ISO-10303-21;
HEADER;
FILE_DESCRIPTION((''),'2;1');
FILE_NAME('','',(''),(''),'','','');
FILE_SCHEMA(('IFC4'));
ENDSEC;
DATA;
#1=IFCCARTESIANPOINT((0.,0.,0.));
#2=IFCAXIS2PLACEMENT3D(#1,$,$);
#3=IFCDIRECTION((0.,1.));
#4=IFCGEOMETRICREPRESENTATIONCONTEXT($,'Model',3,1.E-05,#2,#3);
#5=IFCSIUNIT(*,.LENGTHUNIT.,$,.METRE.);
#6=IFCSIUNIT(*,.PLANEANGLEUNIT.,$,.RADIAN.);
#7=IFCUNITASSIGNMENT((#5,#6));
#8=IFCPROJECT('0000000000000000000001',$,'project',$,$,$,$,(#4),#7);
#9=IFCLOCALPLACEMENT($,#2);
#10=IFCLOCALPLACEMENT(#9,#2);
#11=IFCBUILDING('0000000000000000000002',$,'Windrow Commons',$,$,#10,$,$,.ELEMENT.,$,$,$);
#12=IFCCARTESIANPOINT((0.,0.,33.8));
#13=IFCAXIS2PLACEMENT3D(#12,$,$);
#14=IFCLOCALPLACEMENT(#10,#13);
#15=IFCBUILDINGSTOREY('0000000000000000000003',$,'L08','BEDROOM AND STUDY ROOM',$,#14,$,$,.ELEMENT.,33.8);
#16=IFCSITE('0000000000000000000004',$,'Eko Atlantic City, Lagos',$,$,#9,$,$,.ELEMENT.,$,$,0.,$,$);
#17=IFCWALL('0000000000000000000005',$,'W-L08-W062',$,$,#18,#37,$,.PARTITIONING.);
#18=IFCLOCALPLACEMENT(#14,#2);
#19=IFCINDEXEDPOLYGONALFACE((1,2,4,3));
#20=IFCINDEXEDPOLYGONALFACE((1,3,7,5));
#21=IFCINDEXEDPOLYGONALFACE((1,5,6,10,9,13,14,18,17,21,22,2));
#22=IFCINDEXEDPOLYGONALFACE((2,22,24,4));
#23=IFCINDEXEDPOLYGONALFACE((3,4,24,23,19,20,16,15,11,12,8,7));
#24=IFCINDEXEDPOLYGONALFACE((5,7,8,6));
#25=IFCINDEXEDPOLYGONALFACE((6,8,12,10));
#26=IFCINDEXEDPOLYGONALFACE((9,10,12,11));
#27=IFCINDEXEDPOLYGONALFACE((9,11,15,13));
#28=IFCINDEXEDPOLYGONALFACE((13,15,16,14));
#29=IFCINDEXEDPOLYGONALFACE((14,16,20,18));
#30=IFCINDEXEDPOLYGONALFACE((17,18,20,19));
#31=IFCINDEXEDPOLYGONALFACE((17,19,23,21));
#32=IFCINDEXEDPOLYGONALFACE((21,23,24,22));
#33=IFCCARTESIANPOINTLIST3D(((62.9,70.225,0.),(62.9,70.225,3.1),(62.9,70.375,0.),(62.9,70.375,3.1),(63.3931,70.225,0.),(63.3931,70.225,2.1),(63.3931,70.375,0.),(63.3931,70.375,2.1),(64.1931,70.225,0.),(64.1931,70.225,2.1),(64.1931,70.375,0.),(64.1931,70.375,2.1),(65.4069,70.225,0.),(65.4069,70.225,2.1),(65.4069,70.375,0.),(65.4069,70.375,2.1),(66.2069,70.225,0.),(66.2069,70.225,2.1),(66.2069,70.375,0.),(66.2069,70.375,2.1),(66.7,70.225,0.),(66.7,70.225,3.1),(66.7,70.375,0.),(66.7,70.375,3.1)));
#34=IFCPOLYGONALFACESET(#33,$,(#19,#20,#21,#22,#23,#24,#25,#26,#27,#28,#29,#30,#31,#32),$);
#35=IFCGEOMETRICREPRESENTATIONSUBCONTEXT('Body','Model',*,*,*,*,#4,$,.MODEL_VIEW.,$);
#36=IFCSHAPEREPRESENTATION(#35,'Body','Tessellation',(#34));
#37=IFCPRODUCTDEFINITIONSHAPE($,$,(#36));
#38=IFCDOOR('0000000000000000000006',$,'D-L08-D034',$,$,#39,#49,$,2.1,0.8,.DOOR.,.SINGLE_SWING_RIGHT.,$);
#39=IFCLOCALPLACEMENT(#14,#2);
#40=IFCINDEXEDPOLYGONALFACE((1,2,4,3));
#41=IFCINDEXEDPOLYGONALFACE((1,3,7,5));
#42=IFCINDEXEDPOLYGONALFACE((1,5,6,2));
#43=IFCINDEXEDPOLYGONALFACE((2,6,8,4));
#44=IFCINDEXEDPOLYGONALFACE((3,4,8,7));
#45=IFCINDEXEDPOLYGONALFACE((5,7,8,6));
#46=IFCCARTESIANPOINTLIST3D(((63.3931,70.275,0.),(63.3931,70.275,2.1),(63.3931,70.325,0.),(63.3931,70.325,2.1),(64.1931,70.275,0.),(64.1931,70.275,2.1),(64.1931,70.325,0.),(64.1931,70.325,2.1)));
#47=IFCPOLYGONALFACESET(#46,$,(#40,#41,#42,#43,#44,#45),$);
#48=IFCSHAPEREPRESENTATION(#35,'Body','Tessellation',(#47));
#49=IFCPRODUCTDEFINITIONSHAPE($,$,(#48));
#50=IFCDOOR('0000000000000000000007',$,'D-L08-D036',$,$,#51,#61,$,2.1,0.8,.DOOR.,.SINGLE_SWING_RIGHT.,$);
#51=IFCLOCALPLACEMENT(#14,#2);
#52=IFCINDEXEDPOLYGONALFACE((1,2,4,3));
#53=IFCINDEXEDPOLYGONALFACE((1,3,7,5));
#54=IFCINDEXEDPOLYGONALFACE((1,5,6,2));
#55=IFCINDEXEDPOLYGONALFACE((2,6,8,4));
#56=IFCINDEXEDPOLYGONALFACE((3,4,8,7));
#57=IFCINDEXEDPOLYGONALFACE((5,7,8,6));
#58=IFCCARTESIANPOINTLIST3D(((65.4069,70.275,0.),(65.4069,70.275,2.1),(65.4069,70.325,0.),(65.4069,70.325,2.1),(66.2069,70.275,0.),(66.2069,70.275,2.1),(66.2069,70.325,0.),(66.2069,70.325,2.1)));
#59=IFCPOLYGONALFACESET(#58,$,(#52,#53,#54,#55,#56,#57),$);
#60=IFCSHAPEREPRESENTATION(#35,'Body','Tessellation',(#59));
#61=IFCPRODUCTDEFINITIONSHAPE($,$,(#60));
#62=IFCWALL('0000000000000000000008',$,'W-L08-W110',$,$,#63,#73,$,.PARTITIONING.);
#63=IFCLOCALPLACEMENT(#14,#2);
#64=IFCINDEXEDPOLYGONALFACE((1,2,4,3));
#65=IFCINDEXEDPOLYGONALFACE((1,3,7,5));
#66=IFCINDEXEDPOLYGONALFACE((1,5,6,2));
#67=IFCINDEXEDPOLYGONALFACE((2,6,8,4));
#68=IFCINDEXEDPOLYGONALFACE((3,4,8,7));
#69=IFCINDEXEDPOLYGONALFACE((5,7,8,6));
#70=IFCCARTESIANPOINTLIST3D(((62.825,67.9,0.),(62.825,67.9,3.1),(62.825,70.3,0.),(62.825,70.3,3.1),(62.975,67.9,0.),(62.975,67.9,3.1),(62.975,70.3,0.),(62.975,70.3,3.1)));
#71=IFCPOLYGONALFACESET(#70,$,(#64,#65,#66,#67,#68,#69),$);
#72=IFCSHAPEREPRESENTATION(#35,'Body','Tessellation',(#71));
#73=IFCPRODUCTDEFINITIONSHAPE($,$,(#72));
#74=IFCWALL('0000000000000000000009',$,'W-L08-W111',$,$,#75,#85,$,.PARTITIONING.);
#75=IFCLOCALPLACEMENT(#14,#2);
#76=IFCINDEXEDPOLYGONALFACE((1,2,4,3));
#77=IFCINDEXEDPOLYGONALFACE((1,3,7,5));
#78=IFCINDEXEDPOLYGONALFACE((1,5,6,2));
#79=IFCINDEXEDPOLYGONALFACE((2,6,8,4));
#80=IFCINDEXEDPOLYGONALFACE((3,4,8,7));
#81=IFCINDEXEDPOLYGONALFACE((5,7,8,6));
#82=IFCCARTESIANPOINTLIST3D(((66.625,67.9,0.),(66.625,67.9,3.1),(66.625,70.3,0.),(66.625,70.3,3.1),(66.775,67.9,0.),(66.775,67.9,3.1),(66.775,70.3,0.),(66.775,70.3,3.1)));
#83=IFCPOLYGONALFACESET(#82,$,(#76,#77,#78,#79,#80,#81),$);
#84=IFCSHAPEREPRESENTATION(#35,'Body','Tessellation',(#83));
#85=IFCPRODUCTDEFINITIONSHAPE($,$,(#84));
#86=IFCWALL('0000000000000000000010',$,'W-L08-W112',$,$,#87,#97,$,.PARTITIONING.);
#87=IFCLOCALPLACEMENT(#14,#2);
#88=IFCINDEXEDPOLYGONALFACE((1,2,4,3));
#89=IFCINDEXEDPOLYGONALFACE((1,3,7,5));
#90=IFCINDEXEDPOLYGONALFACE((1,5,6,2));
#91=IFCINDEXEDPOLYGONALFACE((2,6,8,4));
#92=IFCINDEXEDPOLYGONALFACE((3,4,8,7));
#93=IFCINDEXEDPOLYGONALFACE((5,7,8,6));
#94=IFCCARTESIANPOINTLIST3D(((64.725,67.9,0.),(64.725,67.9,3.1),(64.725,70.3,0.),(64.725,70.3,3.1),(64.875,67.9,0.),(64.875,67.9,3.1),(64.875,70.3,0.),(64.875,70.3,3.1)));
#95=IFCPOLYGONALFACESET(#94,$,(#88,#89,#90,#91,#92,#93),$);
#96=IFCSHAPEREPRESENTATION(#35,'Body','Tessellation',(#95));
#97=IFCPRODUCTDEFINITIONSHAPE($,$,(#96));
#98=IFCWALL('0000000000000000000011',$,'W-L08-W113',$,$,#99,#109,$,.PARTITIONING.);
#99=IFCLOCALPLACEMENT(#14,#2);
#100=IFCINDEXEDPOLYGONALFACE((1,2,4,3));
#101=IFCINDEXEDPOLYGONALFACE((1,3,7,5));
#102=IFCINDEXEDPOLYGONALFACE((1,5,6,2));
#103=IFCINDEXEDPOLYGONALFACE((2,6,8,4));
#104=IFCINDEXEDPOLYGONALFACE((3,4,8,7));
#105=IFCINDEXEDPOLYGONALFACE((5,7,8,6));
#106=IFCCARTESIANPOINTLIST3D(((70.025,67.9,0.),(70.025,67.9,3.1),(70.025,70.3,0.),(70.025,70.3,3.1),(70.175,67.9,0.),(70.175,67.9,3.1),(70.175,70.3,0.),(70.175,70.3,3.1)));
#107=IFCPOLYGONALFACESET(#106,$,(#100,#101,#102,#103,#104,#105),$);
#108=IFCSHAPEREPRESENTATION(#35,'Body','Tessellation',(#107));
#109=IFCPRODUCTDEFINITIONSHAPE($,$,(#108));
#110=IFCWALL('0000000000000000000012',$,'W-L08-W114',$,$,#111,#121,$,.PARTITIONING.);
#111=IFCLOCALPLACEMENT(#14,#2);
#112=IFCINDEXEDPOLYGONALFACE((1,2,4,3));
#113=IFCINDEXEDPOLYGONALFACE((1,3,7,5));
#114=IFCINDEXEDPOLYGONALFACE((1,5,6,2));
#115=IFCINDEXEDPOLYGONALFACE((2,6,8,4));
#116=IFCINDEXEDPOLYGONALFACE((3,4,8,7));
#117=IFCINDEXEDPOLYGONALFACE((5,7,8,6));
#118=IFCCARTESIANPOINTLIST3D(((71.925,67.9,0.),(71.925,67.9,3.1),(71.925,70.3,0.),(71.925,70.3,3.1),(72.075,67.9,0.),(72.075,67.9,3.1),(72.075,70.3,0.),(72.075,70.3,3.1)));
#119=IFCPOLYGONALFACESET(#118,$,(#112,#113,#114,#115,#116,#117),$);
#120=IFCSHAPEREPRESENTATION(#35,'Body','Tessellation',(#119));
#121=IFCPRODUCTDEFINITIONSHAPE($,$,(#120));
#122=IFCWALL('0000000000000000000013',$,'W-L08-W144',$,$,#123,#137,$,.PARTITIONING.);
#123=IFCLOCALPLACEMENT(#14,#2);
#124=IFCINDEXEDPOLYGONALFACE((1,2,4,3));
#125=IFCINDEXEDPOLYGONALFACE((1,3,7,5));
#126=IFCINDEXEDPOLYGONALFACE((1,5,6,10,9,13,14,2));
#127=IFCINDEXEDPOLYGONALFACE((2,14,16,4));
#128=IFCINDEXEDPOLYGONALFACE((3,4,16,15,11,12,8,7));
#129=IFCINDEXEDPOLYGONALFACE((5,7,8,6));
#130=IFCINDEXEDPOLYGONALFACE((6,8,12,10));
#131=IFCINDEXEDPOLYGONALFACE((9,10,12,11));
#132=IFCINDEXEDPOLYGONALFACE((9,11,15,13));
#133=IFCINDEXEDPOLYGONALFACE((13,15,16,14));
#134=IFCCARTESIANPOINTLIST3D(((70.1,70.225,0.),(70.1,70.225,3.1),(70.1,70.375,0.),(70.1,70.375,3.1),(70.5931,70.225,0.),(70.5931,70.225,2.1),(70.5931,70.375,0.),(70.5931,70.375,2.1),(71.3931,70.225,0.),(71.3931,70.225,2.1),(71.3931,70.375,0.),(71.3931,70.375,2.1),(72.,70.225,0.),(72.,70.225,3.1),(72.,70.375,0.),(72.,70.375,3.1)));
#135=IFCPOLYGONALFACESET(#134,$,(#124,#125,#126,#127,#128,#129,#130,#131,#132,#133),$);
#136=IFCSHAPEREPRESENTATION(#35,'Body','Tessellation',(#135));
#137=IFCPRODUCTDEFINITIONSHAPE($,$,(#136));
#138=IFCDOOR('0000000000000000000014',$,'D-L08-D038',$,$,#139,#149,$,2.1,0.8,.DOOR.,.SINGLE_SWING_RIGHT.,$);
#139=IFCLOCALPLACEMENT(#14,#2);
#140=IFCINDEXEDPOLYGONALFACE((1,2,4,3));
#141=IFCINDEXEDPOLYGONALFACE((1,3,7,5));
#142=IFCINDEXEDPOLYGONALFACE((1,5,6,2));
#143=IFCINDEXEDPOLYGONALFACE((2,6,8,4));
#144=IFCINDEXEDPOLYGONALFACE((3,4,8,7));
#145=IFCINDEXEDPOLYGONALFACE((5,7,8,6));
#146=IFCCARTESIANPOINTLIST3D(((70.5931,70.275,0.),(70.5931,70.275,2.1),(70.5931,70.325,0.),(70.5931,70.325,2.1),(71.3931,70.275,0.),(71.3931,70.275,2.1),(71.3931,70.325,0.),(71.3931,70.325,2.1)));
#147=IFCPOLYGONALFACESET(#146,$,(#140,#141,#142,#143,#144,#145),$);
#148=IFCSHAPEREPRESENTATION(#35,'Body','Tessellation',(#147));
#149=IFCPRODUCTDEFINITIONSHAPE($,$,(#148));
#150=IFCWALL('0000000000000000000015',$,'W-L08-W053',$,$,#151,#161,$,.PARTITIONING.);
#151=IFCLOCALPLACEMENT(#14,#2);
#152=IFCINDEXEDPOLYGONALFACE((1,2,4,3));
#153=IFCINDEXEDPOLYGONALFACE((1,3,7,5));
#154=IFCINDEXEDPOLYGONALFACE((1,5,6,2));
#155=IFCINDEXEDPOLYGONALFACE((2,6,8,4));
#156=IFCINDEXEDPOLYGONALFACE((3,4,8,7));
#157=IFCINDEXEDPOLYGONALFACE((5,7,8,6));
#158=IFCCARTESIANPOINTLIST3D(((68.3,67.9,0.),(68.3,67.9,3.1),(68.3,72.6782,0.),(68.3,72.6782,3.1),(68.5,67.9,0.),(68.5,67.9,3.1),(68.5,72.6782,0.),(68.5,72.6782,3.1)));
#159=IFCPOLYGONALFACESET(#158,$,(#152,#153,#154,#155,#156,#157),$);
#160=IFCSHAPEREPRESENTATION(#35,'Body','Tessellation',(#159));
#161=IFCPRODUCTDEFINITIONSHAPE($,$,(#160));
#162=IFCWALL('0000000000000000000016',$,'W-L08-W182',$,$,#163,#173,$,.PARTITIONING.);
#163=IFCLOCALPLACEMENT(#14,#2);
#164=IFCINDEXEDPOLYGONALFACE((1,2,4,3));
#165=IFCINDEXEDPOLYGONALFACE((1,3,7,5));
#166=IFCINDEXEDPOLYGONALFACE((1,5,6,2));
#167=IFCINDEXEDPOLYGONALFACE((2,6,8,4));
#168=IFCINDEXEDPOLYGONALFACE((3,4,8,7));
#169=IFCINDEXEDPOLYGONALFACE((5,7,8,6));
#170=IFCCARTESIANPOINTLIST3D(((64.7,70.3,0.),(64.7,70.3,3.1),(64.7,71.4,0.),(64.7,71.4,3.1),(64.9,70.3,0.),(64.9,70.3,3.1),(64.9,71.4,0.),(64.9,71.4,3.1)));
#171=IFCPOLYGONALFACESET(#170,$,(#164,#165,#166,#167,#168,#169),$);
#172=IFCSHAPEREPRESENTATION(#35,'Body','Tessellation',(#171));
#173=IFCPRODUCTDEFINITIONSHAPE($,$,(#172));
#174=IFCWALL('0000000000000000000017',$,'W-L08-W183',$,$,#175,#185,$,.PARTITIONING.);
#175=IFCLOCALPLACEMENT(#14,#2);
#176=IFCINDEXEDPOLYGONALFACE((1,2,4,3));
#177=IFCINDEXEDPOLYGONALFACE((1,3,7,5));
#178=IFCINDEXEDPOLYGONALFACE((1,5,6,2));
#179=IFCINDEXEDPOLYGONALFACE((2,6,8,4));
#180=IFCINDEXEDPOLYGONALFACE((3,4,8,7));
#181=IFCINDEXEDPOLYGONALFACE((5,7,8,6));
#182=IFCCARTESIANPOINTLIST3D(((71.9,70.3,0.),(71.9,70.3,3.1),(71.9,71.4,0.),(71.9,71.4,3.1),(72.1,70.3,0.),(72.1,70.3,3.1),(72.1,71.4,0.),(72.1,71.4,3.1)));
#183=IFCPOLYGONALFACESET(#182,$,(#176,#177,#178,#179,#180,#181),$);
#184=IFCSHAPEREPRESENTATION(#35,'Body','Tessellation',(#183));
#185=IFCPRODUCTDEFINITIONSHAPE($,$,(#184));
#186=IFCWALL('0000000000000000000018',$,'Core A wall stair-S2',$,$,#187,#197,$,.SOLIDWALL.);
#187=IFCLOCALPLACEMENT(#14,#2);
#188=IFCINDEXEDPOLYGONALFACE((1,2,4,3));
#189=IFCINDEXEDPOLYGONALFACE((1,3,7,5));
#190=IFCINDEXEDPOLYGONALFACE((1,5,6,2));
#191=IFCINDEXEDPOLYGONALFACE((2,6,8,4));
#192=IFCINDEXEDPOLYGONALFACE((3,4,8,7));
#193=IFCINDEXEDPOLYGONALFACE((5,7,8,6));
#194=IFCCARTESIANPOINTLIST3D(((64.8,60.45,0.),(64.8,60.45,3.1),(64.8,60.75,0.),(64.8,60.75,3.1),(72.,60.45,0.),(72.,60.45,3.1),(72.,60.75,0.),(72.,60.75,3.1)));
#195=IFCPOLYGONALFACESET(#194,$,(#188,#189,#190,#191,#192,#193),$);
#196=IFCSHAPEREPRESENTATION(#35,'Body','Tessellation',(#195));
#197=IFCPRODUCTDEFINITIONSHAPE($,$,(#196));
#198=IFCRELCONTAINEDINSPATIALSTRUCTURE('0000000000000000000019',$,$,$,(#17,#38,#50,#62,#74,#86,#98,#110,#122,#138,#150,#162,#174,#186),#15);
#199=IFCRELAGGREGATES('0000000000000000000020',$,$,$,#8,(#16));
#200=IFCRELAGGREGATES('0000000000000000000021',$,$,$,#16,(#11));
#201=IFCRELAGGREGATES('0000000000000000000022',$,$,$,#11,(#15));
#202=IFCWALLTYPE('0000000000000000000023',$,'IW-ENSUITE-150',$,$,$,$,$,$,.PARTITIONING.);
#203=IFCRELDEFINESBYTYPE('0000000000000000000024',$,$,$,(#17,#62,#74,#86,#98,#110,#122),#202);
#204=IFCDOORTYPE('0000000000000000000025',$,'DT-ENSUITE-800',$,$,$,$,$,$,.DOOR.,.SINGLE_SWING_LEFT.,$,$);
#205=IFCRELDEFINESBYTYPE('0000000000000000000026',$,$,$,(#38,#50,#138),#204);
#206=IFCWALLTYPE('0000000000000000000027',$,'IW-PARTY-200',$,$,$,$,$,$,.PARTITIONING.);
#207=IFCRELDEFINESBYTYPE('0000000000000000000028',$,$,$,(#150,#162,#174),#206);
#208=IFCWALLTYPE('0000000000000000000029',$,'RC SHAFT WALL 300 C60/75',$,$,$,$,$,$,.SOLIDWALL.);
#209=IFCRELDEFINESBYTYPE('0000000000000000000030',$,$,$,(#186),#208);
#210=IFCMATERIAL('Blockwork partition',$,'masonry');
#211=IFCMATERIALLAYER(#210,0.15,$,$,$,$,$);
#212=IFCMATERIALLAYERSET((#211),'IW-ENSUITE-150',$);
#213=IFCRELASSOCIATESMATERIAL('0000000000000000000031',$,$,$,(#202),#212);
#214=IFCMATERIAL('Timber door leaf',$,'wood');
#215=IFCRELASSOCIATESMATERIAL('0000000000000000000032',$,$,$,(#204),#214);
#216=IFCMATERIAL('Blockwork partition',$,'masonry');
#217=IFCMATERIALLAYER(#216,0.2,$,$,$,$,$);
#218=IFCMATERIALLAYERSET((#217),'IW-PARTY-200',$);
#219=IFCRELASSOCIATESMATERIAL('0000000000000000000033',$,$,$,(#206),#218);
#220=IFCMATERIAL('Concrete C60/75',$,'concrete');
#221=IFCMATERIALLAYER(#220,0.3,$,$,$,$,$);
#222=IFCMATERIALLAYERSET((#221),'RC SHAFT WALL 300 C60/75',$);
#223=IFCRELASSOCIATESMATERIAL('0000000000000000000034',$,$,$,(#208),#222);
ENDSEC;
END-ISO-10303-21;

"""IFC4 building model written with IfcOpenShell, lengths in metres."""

from ifc_helpers import new_model, si_unit, direction, frame, frame_2d, origin, place, context, subcontext, project, spatial, rectangle, extrude, material, layer, layer_set, type_object, element, fill, save


model = new_model("IFC4")

# Units and contexts
model_context = context("Model", 3, precision=1e-05, world=origin(), true_north=direction((0.0, 1.0)))
body_context = subcontext(model_context, "Body", "Model", "MODEL_VIEW")
ifc_project = project(units=[si_unit("LENGTHUNIT", "METRE"), si_unit("PLANEANGLEUNIT", "RADIAN")], contexts=[model_context])

# Site, building, storey
site_placement = place(None, origin())
site = spatial("IfcSite", under=ifc_project, at=site_placement, Name="Eko Atlantic City, Lagos", CompositionType="ELEMENT", RefElevation=0.0)
building_placement = place(site_placement, origin())
building = spatial("IfcBuilding", under=site, at=building_placement, Name="Windrow Commons", CompositionType="ELEMENT")
storey_placement = place(building_placement, frame((0.0, 0.0, 33.8)))
storey = spatial("IfcBuildingStorey", under=building, at=storey_placement, Name="L08", Description="BEDROOM AND STUDY ROOM", CompositionType="ELEMENT", Elevation=33.8)

# Wall, openings, doors
ifc_material_1 = material(Name="Blockwork partition", Category="masonry")
ifc_layer_1 = layer(ifc_material_1, 0.15)
ifc_layer_set_1 = layer_set([ifc_layer_1], Name="IW-ENSUITE-150")
wall_type_1 = type_object("IfcWallType", Name="IW-ENSUITE-150", PredefinedType="PARTITIONING", material=ifc_layer_set_1)
wall_1_placement = place(storey_placement, frame((62.9, 70.3, 0.0), z_axis=(0.0, 0.0, 1.0), x_axis=(1.0, 0.0, 0.0)))
wall_1 = element("IfcWall", 1, at=wall_1_placement, inside=storey, type_object=wall_type_1, Name="W-L08-W062", PredefinedType="PARTITIONING", context=body_context, shape_type="SweptSolid", body=[
    extrude(rectangle(XDim=3.8, YDim=0.15, at=frame_2d((1.9, 0.0))), origin(), (0.0, 0.0, 1.0), 3.1),
])
opening_1_placement = place(wall_1_placement, frame((0.4931, 0.0, 0.0)))
opening_1 = element("IfcOpeningElement", 2, at=opening_1_placement, cuts=wall_1, PredefinedType="OPENING", context=body_context, shape_type="SweptSolid", body=[
    extrude(rectangle(XDim=0.8, YDim=2.1, at=frame_2d((0.4, 1.05))), frame((0.0, 0.085, 0.0), z_axis=(0.0, -1.0, 0.0), x_axis=(1.0, 0.0, 0.0)), (0.0, 0.0, 1.0), 0.17),
])
opening_2_placement = place(wall_1_placement, frame((2.5069, 0.0, 0.0)))
opening_2 = element("IfcOpeningElement", 3, at=opening_2_placement, cuts=wall_1, PredefinedType="OPENING", context=body_context, shape_type="SweptSolid", body=[
    extrude(rectangle(XDim=0.8, YDim=2.1, at=frame_2d((0.4, 1.05))), frame((0.0, 0.085, 0.0), z_axis=(0.0, -1.0, 0.0), x_axis=(1.0, 0.0, 0.0)), (0.0, 0.0, 1.0), 0.17),
])
ifc_material_2 = material(Name="Timber door leaf", Category="wood")
door_type = type_object("IfcDoorType", Name="DT-ENSUITE-800", OperationType="SINGLE_SWING_LEFT", PredefinedType="DOOR", material=ifc_material_2)
door_1_placement = place(opening_1_placement, origin())
door_1 = element("IfcDoor", 4, at=door_1_placement, inside=storey, type_object=door_type, Name="D-L08-D034", OperationType="SINGLE_SWING_RIGHT", OverallHeight=2.1, OverallWidth=0.8, PredefinedType="DOOR", context=body_context, shape_type="SweptSolid", body=[
    extrude(rectangle(XDim=0.8, YDim=2.1, at=frame_2d((0.4, 1.05))), frame((0.0, 0.025, 0.0), z_axis=(0.0, -1.0, 0.0), x_axis=(1.0, 0.0, 0.0)), (0.0, 0.0, 1.0), 0.05),
])
fill(opening_1, door_1)
door_2_placement = place(opening_2_placement, origin())
door_2 = element("IfcDoor", 5, at=door_2_placement, inside=storey, type_object=door_type, Name="D-L08-D036", OperationType="SINGLE_SWING_RIGHT", OverallHeight=2.1, OverallWidth=0.8, PredefinedType="DOOR", context=body_context, shape_type="SweptSolid", body=[
    extrude(rectangle(XDim=0.8, YDim=2.1, at=frame_2d((0.4, 1.05))), frame((0.0, 0.025, 0.0), z_axis=(0.0, -1.0, 0.0), x_axis=(1.0, 0.0, 0.0)), (0.0, 0.0, 1.0), 0.05),
])
fill(opening_2, door_2)

# Walls
for number, where, z_axis, x_axis, name in (
    (6, (62.9, 67.9, 0.0), (0.0, 0.0, 1.0), (0.0, 1.0, 0.0), "W-L08-W110"),
    (7, (66.7, 67.9, 0.0), (0.0, 0.0, 1.0), (0.0, 1.0, 0.0), "W-L08-W111"),
    (8, (64.8, 67.9, 0.0), (0.0, 0.0, 1.0), (0.0, 1.0, 0.0), "W-L08-W112"),
    (9, (70.1, 67.9, 0.0), (0.0, 0.0, 1.0), (0.0, 1.0, 0.0), "W-L08-W113"),
    (10, (72.0, 67.9, 0.0), (0.0, 0.0, 1.0), (0.0, 1.0, 0.0), "W-L08-W114"),
):
    element("IfcWall", number, at=place(storey_placement, frame(where, z_axis=z_axis, x_axis=x_axis)), inside=storey, type_object=wall_type_1, Name=name, PredefinedType="PARTITIONING", context=body_context, shape_type="SweptSolid", body=[
        extrude(rectangle(XDim=2.4, YDim=0.15, at=frame_2d((1.2, 0.0))), origin(), (0.0, 0.0, 1.0), 3.1),
    ])

# Wall, opening, door
wall_2_placement = place(storey_placement, frame((70.1, 70.3, 0.0), z_axis=(0.0, 0.0, 1.0), x_axis=(1.0, 0.0, 0.0)))
wall_2 = element("IfcWall", 11, at=wall_2_placement, inside=storey, type_object=wall_type_1, Name="W-L08-W144", PredefinedType="PARTITIONING", context=body_context, shape_type="SweptSolid", body=[
    extrude(rectangle(XDim=1.9, YDim=0.15, at=frame_2d((0.95, 0.0))), origin(), (0.0, 0.0, 1.0), 3.1),
])
opening_3_placement = place(wall_2_placement, frame((0.4931, 0.0, 0.0)))
opening_3 = element("IfcOpeningElement", 12, at=opening_3_placement, cuts=wall_2, PredefinedType="OPENING", context=body_context, shape_type="SweptSolid", body=[
    extrude(rectangle(XDim=0.8, YDim=2.1, at=frame_2d((0.4, 1.05))), frame((0.0, 0.085, 0.0), z_axis=(0.0, -1.0, 0.0), x_axis=(1.0, 0.0, 0.0)), (0.0, 0.0, 1.0), 0.17),
])
door_3_placement = place(opening_3_placement, origin())
door_3 = element("IfcDoor", 13, at=door_3_placement, inside=storey, type_object=door_type, Name="D-L08-D038", OperationType="SINGLE_SWING_RIGHT", OverallHeight=2.1, OverallWidth=0.8, PredefinedType="DOOR", context=body_context, shape_type="SweptSolid", body=[
    extrude(rectangle(XDim=0.8, YDim=2.1, at=frame_2d((0.4, 1.05))), frame((0.0, 0.025, 0.0), z_axis=(0.0, -1.0, 0.0), x_axis=(1.0, 0.0, 0.0)), (0.0, 0.0, 1.0), 0.05),
])
fill(opening_3, door_3)

# Walls
ifc_material_3 = material(Name="Blockwork partition", Category="masonry")
ifc_layer_2 = layer(ifc_material_3, 0.2)
ifc_layer_set_2 = layer_set([ifc_layer_2], Name="IW-PARTY-200")
wall_type_2 = type_object("IfcWallType", Name="IW-PARTY-200", PredefinedType="PARTITIONING", material=ifc_layer_set_2)
wall_3_placement = place(storey_placement, frame((68.4, 67.9, 0.0), z_axis=(0.0, 0.0, 1.0), x_axis=(0.0, 1.0, 0.0)))
element("IfcWall", 14, at=wall_3_placement, inside=storey, type_object=wall_type_2, Name="W-L08-W053", PredefinedType="PARTITIONING", context=body_context, shape_type="SweptSolid", body=[
    extrude(rectangle(XDim=4.7782, YDim=0.2, at=frame_2d((2.3891, 0.0))), origin(), (0.0, 0.0, 1.0), 3.1),
])
for number, where, z_axis, x_axis, name in (
    (15, (64.8, 70.3, 0.0), (0.0, 0.0, 1.0), (0.0, 1.0, 0.0), "W-L08-W182"),
    (16, (72.0, 70.3, 0.0), (0.0, 0.0, 1.0), (0.0, 1.0, 0.0), "W-L08-W183"),
):
    element("IfcWall", number, at=place(storey_placement, frame(where, z_axis=z_axis, x_axis=x_axis)), inside=storey, type_object=wall_type_2, Name=name, PredefinedType="PARTITIONING", context=body_context, shape_type="SweptSolid", body=[
        extrude(rectangle(XDim=1.1, YDim=0.2, at=frame_2d((0.55, 0.0))), origin(), (0.0, 0.0, 1.0), 3.1),
    ])
ifc_material_4 = material(Name="Concrete C60/75", Category="concrete")
ifc_layer_3 = layer(ifc_material_4, 0.3)
ifc_layer_set_3 = layer_set([ifc_layer_3], Name="RC SHAFT WALL 300 C60/75")
wall_type_3 = type_object("IfcWallType", Name="RC SHAFT WALL 300 C60/75", PredefinedType="SOLIDWALL", material=ifc_layer_set_3)
wall_4_placement = place(storey_placement, frame((64.8, 60.6, 0.0), z_axis=(0.0, 0.0, 1.0), x_axis=(1.0, 0.0, 0.0)))
element("IfcWall", 17, at=wall_4_placement, inside=storey, type_object=wall_type_3, Name="Core A wall stair-S2", PredefinedType="SOLIDWALL", context=body_context, shape_type="SweptSolid", body=[
    extrude(rectangle(XDim=7.2, YDim=0.3, at=frame_2d((3.6, 0.0))), origin(), (0.0, 0.0, 1.0), 3.1),
])

save(model, "model.ifc")
